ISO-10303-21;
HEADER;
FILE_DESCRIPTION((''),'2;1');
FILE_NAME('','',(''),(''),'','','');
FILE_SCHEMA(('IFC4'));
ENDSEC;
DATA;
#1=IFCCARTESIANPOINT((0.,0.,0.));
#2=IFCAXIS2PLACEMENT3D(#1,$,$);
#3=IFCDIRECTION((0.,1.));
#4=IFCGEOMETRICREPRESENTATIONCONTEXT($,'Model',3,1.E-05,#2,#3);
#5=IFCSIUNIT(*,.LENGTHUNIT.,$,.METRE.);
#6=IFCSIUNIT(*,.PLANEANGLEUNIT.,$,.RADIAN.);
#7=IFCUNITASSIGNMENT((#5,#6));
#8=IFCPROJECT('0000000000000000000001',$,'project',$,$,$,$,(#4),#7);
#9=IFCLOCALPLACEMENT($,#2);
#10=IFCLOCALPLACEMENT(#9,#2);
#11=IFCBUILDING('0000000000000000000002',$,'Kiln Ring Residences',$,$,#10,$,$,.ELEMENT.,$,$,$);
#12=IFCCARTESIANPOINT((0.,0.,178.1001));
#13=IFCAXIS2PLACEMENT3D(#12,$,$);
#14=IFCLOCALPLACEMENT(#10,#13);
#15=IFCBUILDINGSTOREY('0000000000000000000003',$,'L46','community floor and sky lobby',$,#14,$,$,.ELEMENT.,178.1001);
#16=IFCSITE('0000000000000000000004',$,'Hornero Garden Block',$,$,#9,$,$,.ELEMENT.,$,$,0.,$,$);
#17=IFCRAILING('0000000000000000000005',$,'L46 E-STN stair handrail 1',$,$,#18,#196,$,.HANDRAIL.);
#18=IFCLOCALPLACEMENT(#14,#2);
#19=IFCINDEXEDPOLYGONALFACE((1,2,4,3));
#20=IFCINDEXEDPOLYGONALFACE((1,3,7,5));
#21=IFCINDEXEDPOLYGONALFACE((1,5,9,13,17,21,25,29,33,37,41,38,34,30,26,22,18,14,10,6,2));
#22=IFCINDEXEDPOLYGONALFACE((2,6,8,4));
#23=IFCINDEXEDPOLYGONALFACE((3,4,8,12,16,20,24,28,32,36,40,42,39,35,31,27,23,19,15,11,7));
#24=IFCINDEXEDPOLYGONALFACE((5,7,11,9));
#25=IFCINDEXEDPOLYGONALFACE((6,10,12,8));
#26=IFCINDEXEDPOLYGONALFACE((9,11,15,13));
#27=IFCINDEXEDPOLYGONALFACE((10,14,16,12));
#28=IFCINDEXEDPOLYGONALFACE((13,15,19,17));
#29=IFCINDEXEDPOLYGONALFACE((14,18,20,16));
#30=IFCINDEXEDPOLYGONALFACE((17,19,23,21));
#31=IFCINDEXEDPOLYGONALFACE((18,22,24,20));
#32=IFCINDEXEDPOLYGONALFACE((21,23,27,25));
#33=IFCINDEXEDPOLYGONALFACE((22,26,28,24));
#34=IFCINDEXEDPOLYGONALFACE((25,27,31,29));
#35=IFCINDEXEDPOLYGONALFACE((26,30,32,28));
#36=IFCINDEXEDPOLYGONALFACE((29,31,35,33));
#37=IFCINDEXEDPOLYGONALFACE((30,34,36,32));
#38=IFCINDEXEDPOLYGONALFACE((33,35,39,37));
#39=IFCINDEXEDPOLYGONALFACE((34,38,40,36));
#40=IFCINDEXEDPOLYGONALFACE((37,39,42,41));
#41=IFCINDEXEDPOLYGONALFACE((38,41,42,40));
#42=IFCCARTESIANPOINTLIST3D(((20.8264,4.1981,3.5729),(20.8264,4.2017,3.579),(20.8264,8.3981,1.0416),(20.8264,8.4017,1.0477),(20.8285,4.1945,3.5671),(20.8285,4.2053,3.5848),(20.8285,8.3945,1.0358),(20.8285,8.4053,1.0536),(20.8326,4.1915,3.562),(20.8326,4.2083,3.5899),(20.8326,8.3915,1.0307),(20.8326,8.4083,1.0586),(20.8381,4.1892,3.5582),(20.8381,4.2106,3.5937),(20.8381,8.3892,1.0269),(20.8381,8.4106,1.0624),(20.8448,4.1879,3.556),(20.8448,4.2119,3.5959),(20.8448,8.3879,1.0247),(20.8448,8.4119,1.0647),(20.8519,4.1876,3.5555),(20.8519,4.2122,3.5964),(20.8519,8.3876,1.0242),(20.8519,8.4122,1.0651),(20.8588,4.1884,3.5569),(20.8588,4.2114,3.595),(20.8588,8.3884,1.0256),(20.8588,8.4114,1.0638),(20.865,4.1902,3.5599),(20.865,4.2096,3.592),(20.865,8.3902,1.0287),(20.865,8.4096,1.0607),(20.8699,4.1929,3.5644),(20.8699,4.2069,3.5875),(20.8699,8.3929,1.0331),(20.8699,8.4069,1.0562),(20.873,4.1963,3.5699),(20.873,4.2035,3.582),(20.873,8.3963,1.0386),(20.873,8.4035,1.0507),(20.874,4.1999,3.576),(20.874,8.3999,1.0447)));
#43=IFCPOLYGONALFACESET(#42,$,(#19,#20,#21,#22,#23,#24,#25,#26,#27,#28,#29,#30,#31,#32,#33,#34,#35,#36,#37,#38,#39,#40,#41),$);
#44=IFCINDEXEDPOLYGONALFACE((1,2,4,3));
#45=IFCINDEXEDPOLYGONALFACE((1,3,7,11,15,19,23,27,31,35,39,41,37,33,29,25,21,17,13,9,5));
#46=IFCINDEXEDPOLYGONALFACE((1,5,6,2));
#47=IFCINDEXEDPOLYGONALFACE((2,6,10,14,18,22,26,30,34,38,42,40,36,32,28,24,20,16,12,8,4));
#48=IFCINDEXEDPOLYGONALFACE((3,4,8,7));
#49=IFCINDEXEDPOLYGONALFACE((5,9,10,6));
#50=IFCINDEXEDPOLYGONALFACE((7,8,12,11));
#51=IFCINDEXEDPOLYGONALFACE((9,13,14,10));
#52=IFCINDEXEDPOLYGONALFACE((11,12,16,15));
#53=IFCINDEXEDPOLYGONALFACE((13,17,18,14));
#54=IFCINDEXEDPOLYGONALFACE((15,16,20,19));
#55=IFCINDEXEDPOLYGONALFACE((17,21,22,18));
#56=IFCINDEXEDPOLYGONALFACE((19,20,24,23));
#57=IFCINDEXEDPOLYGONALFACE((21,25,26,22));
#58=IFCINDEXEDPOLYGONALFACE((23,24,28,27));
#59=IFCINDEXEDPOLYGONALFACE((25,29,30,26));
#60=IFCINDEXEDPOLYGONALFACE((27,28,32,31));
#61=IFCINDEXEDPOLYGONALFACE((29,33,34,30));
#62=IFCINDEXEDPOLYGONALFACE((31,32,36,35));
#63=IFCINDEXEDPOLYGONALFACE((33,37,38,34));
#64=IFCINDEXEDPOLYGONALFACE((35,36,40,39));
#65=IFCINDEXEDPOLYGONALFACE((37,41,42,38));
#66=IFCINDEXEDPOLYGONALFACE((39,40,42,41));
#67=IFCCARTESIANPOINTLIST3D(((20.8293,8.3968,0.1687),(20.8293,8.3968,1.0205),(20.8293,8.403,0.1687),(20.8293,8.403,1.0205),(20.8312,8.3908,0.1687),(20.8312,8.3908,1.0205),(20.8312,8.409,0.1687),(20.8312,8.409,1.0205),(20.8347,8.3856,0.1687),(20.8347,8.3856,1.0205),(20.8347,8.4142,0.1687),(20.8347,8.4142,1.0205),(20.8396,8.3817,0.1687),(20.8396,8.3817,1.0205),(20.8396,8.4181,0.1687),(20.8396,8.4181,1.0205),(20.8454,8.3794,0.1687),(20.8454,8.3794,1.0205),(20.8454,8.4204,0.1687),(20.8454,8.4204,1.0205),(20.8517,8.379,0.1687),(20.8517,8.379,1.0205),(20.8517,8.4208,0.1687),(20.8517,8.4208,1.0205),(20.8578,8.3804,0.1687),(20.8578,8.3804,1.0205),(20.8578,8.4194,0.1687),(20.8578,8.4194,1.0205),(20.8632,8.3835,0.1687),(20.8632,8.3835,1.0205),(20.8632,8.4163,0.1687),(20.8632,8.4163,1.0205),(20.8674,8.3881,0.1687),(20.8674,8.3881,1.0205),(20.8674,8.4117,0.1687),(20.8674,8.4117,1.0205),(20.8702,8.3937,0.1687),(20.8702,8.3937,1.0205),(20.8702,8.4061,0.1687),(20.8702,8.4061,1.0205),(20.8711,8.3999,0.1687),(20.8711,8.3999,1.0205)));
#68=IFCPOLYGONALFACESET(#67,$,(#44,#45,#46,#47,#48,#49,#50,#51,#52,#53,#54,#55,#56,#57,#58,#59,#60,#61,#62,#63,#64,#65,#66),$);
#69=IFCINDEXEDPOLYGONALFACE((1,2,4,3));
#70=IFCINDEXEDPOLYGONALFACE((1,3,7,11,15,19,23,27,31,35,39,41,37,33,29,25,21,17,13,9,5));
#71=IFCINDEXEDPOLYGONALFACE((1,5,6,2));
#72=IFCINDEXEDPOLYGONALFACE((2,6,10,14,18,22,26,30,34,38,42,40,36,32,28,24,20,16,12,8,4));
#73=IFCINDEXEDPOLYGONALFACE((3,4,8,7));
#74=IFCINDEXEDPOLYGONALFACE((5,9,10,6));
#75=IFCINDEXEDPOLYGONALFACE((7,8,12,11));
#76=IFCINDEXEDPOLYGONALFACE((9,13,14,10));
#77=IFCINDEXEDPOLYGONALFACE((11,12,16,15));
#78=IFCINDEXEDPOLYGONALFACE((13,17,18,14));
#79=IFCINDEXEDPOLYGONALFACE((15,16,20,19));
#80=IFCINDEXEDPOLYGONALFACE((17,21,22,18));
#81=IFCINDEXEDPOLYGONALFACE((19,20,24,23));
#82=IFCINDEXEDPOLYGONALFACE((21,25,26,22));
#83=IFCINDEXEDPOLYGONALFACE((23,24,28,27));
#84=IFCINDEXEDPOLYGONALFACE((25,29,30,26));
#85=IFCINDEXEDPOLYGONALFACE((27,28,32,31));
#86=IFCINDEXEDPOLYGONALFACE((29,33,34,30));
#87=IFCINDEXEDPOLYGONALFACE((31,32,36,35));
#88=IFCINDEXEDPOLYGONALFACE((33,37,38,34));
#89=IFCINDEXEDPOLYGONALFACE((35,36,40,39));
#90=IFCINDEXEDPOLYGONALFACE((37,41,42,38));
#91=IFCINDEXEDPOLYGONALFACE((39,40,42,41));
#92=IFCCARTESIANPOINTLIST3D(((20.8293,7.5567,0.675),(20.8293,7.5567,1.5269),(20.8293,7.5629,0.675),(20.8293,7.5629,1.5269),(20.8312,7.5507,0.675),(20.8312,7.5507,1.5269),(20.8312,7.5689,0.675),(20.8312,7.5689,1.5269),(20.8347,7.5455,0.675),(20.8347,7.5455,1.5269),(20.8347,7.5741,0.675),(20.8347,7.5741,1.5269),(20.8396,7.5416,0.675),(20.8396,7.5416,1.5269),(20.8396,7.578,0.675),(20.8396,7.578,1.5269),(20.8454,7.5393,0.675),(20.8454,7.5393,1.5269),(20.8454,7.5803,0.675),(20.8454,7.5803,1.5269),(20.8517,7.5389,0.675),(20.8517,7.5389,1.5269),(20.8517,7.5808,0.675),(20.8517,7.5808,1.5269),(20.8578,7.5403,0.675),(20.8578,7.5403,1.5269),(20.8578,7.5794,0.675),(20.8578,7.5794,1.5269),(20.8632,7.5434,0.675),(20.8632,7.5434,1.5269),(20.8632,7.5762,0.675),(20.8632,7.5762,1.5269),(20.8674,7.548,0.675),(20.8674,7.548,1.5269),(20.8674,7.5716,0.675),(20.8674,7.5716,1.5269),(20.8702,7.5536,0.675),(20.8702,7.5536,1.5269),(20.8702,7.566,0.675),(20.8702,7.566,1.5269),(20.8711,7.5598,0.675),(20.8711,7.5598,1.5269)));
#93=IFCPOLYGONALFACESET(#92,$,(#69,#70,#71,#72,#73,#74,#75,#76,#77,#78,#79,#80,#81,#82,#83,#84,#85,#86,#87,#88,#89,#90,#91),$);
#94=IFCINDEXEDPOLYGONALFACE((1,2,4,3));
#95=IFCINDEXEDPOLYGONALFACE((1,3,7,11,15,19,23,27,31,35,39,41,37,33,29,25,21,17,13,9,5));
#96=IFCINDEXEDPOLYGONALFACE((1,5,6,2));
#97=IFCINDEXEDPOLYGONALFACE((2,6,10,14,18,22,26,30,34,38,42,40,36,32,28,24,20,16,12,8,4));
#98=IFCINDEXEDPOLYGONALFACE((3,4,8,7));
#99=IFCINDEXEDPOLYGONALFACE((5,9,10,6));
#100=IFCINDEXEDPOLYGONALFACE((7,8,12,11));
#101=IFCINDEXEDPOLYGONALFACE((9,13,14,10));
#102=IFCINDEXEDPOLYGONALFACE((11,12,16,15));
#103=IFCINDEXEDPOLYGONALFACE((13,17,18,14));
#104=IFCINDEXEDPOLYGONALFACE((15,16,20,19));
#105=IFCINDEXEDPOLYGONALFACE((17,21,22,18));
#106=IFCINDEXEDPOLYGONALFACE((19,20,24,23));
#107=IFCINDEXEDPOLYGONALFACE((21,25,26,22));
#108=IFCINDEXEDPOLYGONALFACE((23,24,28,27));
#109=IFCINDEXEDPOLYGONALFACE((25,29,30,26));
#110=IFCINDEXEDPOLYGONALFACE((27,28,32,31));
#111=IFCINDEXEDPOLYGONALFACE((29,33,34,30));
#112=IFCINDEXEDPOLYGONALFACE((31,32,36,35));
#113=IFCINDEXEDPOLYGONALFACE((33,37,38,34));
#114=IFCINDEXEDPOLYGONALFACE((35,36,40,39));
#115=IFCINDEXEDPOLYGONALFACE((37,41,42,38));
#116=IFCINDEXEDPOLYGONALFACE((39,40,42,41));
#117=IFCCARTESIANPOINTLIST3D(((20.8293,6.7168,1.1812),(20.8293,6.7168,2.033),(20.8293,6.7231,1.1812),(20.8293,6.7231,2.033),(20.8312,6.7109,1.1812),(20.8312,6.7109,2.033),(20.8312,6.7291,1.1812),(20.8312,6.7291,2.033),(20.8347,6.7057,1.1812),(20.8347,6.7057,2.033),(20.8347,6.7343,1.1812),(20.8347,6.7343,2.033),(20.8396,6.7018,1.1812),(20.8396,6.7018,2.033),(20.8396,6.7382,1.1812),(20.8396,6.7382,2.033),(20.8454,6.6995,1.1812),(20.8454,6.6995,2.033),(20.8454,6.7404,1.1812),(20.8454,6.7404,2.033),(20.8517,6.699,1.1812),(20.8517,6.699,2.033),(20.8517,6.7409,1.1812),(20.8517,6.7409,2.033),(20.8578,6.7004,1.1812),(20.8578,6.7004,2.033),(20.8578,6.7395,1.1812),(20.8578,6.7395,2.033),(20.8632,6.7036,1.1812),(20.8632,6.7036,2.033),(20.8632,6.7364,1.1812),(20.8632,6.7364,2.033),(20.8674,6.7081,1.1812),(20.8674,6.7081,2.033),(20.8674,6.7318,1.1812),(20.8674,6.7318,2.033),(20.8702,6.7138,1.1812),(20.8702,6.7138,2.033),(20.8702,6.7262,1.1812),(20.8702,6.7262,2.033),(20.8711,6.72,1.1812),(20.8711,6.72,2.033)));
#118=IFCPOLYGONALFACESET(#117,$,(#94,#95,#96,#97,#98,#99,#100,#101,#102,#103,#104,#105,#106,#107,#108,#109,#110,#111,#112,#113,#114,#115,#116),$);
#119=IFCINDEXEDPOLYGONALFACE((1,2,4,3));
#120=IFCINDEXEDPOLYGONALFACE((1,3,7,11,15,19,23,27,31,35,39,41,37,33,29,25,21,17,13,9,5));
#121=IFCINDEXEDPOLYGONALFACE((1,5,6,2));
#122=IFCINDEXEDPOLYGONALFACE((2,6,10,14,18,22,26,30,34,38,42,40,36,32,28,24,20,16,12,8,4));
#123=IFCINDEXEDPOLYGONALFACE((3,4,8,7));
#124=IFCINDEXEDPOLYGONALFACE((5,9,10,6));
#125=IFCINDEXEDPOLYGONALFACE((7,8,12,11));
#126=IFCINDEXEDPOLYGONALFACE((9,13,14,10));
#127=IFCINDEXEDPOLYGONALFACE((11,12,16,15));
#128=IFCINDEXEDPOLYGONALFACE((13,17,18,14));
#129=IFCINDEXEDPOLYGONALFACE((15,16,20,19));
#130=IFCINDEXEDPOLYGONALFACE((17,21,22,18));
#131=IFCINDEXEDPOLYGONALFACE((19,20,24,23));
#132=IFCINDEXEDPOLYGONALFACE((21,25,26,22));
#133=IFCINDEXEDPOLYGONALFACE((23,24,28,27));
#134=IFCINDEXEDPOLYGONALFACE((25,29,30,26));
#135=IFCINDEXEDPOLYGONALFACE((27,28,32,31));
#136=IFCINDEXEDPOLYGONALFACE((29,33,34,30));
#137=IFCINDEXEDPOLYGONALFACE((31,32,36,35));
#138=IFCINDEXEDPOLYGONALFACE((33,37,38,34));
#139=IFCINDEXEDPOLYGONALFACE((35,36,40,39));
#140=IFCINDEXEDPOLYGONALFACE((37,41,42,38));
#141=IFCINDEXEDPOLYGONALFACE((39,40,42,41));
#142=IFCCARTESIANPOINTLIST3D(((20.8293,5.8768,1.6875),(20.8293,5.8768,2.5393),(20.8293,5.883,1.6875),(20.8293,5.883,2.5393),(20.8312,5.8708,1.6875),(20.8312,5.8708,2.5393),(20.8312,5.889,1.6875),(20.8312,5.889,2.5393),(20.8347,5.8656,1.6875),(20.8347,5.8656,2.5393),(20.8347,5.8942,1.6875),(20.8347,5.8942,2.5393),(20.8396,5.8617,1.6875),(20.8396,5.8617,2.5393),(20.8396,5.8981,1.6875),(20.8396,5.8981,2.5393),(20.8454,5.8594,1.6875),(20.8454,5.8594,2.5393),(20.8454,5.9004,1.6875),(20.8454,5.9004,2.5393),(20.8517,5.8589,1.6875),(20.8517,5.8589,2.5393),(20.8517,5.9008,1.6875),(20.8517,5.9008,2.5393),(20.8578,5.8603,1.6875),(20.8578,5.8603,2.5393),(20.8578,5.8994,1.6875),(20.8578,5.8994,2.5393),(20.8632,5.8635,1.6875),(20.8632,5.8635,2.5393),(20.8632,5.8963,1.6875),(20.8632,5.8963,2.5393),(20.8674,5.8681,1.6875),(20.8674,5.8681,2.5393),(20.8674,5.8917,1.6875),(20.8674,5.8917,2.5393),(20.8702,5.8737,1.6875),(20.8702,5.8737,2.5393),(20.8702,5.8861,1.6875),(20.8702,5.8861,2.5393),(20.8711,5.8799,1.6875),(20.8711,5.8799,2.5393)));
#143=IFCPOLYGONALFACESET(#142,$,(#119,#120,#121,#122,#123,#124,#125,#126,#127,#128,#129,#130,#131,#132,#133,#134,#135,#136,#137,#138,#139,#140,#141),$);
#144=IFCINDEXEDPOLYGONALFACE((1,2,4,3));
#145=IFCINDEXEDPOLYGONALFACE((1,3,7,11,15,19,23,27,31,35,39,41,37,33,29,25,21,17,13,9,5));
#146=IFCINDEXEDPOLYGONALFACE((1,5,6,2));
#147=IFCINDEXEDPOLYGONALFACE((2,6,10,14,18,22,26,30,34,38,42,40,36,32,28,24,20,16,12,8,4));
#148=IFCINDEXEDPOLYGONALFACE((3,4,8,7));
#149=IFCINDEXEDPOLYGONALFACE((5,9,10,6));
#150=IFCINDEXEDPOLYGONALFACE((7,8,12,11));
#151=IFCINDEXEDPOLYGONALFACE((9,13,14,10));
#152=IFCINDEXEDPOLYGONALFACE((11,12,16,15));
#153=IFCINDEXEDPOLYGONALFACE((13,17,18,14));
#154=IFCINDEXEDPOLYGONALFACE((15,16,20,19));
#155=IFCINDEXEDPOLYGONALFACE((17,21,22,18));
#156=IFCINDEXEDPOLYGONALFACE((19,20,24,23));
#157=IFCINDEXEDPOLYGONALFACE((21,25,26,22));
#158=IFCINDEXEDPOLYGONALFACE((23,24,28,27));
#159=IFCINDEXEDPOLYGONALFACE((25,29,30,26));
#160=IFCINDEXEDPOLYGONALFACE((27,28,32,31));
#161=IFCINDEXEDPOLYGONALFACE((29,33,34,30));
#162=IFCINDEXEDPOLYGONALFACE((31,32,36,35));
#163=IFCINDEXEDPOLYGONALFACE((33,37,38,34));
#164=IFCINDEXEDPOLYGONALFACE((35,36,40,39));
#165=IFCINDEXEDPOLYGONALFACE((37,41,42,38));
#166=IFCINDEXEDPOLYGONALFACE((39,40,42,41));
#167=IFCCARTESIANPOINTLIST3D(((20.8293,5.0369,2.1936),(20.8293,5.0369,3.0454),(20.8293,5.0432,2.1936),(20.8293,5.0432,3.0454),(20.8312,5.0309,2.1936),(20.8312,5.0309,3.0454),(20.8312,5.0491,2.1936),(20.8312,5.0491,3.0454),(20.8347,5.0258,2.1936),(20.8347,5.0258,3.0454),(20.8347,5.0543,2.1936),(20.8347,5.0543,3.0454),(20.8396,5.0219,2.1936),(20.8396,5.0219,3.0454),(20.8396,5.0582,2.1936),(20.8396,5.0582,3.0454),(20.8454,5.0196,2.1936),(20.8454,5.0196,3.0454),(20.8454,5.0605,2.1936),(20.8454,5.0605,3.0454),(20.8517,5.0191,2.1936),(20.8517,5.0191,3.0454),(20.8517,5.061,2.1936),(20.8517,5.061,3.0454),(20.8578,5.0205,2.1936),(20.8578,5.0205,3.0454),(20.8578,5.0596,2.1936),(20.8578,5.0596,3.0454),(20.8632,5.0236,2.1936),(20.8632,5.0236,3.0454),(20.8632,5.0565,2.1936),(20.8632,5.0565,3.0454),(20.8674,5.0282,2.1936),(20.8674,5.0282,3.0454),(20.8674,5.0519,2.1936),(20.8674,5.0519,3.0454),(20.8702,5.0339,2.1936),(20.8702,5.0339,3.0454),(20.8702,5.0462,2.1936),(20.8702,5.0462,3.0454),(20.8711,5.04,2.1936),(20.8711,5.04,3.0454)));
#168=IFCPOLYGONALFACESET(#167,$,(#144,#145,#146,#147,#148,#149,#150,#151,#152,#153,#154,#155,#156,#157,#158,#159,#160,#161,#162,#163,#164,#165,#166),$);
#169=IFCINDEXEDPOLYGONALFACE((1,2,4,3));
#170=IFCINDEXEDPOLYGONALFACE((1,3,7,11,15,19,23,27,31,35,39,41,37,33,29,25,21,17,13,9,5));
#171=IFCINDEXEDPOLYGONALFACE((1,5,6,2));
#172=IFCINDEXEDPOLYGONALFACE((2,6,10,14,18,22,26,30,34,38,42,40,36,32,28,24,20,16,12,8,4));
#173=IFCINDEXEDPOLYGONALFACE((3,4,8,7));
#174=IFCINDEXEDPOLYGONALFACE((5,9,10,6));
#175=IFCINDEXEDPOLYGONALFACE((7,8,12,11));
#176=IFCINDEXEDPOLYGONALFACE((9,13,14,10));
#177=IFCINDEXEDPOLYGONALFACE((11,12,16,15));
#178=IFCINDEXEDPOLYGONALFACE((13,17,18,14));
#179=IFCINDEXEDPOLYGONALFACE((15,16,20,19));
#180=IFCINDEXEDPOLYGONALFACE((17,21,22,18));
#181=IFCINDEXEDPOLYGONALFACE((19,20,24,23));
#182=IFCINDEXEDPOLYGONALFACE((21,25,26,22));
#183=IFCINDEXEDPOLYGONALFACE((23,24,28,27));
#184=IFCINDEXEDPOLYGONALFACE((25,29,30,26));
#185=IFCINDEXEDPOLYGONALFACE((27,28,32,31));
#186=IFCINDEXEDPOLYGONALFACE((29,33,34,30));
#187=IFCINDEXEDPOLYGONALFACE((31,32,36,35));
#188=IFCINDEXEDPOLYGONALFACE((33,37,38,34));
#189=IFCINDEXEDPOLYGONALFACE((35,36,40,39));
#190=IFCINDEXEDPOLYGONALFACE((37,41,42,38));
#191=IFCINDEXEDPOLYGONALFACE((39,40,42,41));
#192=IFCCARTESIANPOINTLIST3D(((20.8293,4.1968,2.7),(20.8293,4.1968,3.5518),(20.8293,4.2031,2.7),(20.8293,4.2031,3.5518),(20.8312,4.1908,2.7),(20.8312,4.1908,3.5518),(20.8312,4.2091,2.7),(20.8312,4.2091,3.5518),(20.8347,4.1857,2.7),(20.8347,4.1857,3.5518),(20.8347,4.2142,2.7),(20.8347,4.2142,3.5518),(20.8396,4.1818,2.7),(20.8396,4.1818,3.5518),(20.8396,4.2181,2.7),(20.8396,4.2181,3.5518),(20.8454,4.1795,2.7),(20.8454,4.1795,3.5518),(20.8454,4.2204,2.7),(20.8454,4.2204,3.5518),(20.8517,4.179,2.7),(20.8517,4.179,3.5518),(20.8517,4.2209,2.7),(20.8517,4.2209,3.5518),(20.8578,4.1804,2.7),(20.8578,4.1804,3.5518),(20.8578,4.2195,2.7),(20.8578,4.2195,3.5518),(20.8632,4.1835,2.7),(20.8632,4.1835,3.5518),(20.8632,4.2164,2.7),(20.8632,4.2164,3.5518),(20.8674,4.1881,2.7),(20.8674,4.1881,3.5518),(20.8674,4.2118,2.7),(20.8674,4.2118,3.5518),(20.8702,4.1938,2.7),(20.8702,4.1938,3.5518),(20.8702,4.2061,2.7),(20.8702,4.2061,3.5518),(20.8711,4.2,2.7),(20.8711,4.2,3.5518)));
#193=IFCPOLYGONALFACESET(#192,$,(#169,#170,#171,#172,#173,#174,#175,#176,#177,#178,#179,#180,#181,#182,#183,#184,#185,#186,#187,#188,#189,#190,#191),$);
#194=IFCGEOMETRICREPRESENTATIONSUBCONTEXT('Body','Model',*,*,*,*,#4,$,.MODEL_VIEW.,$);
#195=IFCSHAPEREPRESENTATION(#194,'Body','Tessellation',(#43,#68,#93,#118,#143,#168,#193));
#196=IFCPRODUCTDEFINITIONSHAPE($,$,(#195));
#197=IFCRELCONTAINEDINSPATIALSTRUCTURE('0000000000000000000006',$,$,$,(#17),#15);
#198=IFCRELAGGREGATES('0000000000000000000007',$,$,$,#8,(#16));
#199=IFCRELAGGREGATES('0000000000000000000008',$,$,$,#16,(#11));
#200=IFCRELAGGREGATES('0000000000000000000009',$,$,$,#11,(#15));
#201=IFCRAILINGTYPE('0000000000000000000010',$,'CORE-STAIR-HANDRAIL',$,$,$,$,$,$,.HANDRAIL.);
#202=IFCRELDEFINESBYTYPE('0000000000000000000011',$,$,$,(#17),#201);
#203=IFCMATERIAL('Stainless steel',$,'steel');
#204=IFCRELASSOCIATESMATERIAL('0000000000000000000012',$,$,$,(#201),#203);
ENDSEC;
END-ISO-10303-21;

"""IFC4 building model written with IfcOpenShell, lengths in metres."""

from ifc_helpers import new_model, si_unit, direction, frame, origin, origin_2d, place, context, subcontext, project, spatial, circle, extrude, material, type_object, element, save


model = new_model("IFC4")

# Units and contexts
model_context = context("Model", 3, precision=1e-05, world=origin(), true_north=direction((0.0, 1.0)))
body_context = subcontext(model_context, "Body", "Model", "MODEL_VIEW")
ifc_project = project(units=[si_unit("LENGTHUNIT", "METRE"), si_unit("PLANEANGLEUNIT", "RADIAN")], contexts=[model_context])

# Site, building, storey
site_placement = place(None, origin())
site = spatial("IfcSite", under=ifc_project, at=site_placement, Name="Hornero Garden Block", CompositionType="ELEMENT", RefElevation=0.0)
building_placement = place(site_placement, origin())
building = spatial("IfcBuilding", under=site, at=building_placement, Name="Kiln Ring Residences", CompositionType="ELEMENT")
storey_placement = place(building_placement, frame((0.0, 0.0, 178.1001)))
storey = spatial("IfcBuildingStorey", under=building, at=storey_placement, Name="L46", Description="community floor and sky lobby", CompositionType="ELEMENT", Elevation=178.1001)

# Railing
ifc_material_1 = material(Name="Stainless steel", Category="steel")
railing_type_1 = type_object("IfcRailingType", Name="CORE-STAIR-HANDRAIL", PredefinedType="HANDRAIL", material=ifc_material_1)
railing_1_placement = place(storey_placement, frame((20.8501, 8.3999, 0.1687)))
element("IfcRailing", 1, at=railing_1_placement, inside=storey, type_object=railing_type_1, Name="L46 E-STN stair handrail 1", PredefinedType="HANDRAIL", context=body_context, shape_type="SweptSolid", body=[
    extrude(circle(Radius=0.0239, at=origin_2d()), frame((0.0, 0.0, 0.876), z_axis=(0.0, -0.856476, 0.516186), x_axis=(1.0, 0.0, 0.0)), (0.0, 0.0, 1.0), 4.9038),
    extrude(circle(Radius=0.021, at=origin_2d()), origin(), (0.0, 0.0, 1.0), 0.8518),
    extrude(circle(Radius=0.021, at=origin_2d()), frame((0.0, -0.8401, 0.5063)), (0.0, 0.0, 1.0), 0.8518),
    extrude(circle(Radius=0.021, at=origin_2d()), frame((0.0, -1.6799, 1.0125)), (0.0, 0.0, 1.0), 0.8518),
    extrude(circle(Radius=0.021, at=origin_2d()), frame((0.0, -2.52, 1.5188)), (0.0, 0.0, 1.0), 0.8518),
    extrude(circle(Radius=0.021, at=origin_2d()), frame((0.0, -3.3599, 2.0249)), (0.0, 0.0, 1.0), 0.8518),
    extrude(circle(Radius=0.021, at=origin_2d()), frame((0.0, -4.2, 2.5312)), (0.0, 0.0, 1.0), 0.8518),
])

save(model, "model.ifc")
